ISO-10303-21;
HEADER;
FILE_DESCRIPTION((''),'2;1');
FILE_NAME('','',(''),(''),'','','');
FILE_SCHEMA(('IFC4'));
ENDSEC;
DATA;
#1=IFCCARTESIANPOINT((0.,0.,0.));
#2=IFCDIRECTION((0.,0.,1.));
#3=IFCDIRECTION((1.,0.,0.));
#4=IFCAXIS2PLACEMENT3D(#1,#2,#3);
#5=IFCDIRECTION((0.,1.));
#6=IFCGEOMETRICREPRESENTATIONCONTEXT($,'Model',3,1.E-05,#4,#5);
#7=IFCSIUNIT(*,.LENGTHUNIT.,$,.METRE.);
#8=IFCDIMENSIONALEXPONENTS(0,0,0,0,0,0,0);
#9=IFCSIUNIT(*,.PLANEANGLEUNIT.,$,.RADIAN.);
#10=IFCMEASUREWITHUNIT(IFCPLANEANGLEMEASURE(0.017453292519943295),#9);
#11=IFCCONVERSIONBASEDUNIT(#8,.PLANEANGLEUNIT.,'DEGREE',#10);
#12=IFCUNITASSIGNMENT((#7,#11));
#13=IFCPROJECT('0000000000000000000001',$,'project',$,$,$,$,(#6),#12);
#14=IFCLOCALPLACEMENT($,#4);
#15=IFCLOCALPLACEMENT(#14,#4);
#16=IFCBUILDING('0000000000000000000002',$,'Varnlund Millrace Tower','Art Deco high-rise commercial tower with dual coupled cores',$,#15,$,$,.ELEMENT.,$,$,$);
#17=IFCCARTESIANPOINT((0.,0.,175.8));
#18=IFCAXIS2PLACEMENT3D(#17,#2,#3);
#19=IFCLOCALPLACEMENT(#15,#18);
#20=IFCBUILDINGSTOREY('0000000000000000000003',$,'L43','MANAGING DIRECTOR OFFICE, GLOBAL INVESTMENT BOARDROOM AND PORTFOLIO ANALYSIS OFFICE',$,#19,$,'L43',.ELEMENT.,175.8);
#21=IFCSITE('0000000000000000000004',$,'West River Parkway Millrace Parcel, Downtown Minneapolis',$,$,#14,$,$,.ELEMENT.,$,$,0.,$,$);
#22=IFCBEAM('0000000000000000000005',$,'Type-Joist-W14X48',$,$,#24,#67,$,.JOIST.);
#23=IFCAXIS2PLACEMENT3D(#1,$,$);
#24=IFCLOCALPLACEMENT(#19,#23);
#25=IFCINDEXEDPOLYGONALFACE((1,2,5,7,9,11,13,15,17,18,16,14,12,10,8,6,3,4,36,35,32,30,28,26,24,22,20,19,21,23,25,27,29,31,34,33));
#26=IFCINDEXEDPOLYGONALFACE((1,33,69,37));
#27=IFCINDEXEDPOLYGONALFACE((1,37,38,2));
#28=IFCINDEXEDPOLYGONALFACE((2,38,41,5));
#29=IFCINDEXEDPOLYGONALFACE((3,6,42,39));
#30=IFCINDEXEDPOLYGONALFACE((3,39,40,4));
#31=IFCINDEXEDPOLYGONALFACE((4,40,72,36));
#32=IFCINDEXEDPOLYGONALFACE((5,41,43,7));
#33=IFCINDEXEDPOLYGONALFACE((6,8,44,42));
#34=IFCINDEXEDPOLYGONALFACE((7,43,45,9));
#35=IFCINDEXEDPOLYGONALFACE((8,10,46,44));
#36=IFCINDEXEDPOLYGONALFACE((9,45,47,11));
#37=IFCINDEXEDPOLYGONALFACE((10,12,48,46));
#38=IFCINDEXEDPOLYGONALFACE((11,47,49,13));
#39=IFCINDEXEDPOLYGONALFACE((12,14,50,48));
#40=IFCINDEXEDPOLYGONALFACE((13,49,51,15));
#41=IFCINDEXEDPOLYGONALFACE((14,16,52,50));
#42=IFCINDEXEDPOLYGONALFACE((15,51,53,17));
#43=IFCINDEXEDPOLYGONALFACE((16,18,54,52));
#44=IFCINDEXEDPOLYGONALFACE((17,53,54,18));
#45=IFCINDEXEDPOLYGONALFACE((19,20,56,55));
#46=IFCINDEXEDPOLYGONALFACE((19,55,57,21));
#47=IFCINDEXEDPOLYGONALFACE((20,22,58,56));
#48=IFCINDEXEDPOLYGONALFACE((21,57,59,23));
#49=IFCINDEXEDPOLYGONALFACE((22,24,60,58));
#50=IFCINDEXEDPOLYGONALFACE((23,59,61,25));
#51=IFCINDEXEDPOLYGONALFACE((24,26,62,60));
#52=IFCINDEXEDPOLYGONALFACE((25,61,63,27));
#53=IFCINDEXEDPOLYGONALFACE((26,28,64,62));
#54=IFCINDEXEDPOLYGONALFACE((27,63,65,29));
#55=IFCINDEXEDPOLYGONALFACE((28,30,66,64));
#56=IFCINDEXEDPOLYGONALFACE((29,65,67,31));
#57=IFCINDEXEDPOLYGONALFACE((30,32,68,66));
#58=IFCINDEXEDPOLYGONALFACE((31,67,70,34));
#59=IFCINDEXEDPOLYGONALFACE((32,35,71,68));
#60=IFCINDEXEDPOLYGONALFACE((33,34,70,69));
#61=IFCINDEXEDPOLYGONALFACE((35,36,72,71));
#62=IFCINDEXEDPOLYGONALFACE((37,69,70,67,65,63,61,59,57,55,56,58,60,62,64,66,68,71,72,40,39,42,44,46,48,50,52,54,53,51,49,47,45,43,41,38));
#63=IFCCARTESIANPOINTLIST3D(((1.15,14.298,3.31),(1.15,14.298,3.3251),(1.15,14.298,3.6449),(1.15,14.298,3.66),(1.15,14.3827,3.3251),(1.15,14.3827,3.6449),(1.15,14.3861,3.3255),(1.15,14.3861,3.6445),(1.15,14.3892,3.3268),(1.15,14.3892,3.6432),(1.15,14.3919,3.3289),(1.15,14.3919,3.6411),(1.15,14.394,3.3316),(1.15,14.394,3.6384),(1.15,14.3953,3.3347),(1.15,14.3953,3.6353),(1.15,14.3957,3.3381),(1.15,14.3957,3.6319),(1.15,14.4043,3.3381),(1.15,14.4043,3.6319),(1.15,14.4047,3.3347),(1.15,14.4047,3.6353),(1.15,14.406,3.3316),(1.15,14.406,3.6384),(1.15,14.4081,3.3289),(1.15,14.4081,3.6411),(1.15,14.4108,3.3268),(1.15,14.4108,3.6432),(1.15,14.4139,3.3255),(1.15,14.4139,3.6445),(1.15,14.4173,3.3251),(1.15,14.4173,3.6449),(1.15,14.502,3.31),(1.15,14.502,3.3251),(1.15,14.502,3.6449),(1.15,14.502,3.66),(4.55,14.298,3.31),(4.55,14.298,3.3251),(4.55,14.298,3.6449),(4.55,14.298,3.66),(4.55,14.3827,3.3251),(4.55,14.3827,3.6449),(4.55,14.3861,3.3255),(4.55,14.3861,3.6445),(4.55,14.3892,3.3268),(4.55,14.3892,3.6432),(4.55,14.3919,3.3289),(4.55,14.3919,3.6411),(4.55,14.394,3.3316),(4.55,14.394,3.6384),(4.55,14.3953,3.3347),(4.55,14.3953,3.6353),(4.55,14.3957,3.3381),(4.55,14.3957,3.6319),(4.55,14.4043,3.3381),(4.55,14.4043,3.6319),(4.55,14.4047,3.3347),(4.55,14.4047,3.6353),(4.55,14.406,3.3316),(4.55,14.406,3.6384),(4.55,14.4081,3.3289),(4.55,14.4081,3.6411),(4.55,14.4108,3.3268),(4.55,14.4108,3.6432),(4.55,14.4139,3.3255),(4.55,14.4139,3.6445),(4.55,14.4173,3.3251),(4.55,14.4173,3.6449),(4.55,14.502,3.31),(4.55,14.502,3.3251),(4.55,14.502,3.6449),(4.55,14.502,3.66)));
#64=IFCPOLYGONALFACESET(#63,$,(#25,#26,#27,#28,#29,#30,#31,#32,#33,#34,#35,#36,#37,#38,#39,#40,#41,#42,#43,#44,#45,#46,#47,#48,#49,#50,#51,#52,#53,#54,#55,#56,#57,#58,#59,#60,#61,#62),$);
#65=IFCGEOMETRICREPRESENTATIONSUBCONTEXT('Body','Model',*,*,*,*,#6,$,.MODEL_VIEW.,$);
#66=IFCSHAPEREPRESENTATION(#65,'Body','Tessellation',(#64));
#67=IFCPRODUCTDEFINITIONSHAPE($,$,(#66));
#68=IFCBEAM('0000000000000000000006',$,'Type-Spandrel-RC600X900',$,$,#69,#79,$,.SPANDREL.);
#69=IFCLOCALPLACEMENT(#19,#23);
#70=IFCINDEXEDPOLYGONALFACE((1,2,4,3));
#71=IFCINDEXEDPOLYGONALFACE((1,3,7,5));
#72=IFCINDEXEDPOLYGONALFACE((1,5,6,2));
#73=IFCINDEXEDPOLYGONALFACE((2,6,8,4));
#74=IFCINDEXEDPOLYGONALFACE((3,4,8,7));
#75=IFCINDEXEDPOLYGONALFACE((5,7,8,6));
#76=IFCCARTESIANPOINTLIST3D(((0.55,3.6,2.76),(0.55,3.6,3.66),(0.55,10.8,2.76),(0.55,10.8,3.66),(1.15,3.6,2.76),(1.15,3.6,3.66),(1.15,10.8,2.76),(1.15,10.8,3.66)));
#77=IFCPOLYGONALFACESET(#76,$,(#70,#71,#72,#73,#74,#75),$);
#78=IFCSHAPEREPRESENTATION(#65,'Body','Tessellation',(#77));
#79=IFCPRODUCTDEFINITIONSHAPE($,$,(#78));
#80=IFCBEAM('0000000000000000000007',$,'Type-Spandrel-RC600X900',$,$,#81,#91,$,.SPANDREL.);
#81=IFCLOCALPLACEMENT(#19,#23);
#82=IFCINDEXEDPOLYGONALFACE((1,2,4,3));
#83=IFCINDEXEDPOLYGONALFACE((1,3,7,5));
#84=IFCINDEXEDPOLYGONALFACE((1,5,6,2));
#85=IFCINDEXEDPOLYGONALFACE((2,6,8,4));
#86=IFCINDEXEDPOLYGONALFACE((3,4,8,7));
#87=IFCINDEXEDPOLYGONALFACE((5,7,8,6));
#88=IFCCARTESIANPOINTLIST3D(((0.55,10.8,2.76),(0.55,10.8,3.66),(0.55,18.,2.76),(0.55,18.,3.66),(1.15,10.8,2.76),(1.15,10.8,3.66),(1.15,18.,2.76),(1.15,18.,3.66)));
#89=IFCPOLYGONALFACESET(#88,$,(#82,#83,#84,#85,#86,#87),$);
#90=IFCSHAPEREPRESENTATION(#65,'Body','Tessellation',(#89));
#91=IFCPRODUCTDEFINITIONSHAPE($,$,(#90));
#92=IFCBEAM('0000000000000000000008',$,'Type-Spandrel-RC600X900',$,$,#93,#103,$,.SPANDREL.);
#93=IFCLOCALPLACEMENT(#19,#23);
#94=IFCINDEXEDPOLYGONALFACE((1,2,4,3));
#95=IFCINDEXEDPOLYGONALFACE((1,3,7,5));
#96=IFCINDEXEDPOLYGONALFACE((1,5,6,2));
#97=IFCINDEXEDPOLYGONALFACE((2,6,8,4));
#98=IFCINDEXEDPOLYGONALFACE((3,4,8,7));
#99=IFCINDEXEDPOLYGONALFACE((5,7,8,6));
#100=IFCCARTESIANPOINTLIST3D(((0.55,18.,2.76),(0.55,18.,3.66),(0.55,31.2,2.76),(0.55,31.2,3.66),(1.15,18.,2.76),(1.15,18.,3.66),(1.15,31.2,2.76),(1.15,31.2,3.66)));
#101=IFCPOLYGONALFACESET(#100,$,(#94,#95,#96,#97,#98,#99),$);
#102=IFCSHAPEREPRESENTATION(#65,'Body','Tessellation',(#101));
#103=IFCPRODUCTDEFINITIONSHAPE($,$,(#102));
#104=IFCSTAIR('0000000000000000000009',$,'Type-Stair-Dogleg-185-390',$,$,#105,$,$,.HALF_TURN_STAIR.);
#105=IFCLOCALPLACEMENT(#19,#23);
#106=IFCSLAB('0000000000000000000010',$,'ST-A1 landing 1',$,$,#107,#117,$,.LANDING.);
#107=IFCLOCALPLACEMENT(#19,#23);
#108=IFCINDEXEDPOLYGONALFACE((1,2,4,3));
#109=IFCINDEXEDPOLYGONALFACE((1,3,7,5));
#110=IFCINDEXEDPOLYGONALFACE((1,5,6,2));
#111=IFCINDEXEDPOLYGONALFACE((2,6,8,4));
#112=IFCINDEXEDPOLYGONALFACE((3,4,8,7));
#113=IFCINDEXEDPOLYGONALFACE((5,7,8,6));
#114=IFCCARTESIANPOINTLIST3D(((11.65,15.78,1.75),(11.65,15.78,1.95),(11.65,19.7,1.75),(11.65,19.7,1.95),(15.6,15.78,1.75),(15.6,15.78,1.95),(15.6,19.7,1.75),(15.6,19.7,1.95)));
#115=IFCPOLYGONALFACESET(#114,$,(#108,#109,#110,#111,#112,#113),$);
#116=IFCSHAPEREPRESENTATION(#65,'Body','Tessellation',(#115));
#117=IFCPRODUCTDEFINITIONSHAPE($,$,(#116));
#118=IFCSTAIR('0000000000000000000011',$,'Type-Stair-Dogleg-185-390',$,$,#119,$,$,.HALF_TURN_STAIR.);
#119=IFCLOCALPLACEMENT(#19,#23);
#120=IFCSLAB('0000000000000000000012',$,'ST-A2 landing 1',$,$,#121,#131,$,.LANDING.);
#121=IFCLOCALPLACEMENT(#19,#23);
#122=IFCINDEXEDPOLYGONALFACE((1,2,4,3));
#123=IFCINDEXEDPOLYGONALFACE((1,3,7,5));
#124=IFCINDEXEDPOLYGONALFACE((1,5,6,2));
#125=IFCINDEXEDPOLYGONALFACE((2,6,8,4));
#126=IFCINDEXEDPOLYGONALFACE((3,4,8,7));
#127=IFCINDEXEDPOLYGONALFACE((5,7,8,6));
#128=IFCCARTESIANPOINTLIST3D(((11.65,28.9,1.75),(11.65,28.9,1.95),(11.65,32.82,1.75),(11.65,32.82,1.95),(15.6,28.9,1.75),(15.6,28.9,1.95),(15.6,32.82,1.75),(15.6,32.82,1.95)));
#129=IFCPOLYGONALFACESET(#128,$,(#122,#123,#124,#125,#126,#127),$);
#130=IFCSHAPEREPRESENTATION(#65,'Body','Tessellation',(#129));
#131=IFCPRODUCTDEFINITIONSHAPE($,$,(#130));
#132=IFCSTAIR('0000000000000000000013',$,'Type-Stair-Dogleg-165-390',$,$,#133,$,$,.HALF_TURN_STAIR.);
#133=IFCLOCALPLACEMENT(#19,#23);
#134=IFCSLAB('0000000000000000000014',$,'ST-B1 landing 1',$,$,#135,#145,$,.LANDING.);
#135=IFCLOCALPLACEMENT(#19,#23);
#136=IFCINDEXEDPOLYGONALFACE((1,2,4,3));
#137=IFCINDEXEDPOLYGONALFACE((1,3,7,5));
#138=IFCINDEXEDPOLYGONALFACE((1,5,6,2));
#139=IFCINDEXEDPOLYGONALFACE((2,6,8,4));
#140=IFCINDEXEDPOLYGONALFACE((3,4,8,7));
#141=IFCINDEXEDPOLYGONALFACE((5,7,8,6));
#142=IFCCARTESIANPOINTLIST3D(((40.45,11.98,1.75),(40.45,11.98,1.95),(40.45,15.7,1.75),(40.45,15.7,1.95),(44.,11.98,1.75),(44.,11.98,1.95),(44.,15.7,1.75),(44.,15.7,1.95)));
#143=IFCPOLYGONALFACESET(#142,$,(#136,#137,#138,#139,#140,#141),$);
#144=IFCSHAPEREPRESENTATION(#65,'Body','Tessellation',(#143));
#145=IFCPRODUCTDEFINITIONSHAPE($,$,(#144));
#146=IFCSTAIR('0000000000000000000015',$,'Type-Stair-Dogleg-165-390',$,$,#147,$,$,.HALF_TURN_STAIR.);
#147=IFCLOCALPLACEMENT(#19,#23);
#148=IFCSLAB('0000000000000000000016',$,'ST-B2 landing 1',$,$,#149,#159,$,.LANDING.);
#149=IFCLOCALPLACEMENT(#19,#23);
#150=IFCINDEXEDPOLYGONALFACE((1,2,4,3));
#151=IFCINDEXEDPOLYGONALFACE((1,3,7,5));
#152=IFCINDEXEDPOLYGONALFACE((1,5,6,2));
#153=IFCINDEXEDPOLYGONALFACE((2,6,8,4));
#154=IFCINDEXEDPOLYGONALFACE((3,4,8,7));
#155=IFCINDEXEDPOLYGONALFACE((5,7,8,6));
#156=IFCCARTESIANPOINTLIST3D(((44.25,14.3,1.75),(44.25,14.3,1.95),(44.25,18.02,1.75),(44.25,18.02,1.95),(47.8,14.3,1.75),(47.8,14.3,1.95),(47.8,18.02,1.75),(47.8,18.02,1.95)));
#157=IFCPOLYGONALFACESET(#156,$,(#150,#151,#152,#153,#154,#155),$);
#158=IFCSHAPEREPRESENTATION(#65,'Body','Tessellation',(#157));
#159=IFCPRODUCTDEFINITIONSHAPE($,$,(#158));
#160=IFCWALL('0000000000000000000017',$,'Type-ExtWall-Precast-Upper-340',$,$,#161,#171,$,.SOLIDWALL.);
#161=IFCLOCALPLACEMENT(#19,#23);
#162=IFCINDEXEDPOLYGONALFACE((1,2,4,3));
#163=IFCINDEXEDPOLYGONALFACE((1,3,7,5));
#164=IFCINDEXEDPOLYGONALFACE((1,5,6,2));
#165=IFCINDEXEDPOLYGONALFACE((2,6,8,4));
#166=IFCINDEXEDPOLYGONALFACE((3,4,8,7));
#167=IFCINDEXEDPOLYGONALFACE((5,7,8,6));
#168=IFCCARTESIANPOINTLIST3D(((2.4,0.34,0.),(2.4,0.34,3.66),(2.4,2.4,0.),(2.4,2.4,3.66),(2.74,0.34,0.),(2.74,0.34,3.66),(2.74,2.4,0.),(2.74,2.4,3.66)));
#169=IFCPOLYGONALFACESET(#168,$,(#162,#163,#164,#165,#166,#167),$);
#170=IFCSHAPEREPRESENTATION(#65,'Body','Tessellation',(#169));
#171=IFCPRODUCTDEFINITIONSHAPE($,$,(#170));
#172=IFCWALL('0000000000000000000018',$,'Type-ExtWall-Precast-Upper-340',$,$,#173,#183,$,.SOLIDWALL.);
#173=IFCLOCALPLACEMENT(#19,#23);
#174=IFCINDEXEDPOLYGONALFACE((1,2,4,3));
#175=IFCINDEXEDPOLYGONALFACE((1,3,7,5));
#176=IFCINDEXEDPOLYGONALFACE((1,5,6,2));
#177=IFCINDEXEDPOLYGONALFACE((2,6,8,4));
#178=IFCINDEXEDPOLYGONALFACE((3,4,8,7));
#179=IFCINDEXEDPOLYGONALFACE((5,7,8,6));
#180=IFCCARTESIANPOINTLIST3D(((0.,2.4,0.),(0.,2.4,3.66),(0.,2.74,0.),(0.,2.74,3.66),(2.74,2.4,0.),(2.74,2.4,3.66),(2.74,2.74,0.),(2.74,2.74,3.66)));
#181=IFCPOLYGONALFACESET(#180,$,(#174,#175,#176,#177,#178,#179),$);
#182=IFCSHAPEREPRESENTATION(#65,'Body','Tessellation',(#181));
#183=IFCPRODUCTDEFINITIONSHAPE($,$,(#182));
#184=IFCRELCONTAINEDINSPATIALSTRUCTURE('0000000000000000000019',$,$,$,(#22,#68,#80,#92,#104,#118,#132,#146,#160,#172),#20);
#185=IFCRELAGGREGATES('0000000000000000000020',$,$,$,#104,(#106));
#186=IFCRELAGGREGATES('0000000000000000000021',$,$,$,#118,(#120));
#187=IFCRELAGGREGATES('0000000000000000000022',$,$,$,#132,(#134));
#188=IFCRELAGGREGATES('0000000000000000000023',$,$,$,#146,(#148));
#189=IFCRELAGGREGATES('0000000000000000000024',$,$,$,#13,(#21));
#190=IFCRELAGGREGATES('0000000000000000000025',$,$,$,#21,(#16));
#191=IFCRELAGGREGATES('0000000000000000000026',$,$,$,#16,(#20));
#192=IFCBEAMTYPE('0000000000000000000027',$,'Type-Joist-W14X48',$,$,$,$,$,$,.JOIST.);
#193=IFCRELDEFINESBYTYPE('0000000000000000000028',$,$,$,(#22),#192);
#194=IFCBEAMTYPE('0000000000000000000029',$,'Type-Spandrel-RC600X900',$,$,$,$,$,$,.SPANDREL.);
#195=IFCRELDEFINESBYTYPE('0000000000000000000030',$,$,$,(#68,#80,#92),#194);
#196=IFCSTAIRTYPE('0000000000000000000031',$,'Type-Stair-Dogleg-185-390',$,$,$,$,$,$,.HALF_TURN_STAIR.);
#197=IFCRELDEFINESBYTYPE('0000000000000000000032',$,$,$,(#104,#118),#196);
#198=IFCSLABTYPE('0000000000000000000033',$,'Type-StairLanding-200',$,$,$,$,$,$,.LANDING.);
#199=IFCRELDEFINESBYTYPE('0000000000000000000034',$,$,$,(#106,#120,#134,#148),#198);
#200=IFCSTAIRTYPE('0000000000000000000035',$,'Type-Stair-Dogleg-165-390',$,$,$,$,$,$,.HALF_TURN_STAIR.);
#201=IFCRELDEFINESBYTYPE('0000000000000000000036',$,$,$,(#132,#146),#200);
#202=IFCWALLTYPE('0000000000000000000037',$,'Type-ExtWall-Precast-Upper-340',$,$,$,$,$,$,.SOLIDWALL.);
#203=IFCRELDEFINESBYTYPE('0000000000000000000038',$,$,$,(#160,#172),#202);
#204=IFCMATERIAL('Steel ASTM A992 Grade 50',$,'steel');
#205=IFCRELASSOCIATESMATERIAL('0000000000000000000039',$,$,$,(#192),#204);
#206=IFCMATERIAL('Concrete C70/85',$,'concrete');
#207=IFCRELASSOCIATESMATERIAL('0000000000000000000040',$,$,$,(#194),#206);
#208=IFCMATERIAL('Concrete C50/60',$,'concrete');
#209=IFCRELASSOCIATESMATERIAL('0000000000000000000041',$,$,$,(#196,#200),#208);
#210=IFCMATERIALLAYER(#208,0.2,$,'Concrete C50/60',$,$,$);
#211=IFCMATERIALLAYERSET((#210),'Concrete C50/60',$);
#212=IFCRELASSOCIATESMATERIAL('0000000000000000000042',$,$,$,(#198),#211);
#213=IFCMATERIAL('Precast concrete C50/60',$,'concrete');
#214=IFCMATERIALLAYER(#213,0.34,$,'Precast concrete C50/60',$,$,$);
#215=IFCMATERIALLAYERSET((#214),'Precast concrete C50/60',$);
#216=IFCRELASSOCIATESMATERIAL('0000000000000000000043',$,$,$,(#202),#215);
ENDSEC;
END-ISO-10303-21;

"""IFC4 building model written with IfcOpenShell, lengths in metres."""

from ifc_helpers import new_model, entity, si_unit, converted_unit, direction, frame, origin_with_axes, origin_2d_with_axis, place, context, subcontext, project, spatial, polyline, rectangle, i_section, outline, extrude, material, layer, layer_set, material_profile, profile_set, type_object, element, aggregate, save


model = new_model("IFC4")

# Units and contexts
model_context = context("Model", 3, precision=1e-05, world=origin_with_axes(), true_north=direction((0.0, 1.0)))
body_context = subcontext(model_context, "Body", "Model", "MODEL_VIEW")
ifc_project = project(units=[si_unit("LENGTHUNIT", "METRE"), converted_unit("PLANEANGLEUNIT", "DEGREE", entity("IfcPlaneAngleMeasure", 0.017453292519943295), si_unit("PLANEANGLEUNIT", "RADIAN"), dimensions=[0, 0, 0, 0, 0, 0, 0])], contexts=[model_context])

# Site, building, storey
site_placement = place(None, origin_with_axes())
site = spatial("IfcSite", under=ifc_project, at=site_placement, Name="West River Parkway Millrace Parcel, Downtown Minneapolis", CompositionType="ELEMENT", RefElevation=0.0)
building_placement = place(site_placement, origin_with_axes())
building = spatial("IfcBuilding", under=site, at=building_placement, Name="Varnlund Millrace Tower", Description="Art Deco high-rise commercial tower with dual coupled cores", CompositionType="ELEMENT")
storey_placement = place(building_placement, frame((0.0, 0.0, 175.8), z_axis=(0.0, 0.0, 1.0), x_axis=(1.0, 0.0, 0.0)))
storey = spatial("IfcBuildingStorey", under=building, at=storey_placement, Name="L43", Description="MANAGING DIRECTOR OFFICE, GLOBAL INVESTMENT BOARDROOM AND PORTFOLIO ANALYSIS OFFICE", LongName="L43", CompositionType="ELEMENT", Elevation=175.8)

# Beams
ifc_material_1 = material(Name="Steel ASTM A992 Grade 50", Category="steel")
ifc_material_profile_1 = material_profile(ifc_material_1, i_section(OverallWidth=0.204, OverallDepth=0.35, WebThickness=0.0086, FlangeThickness=0.0151, FilletRadius=0.013, at=origin_2d_with_axis()), Name="Steel ASTM A992 Grade 50")
ifc_profile_set_1 = profile_set([ifc_material_profile_1], Name="Steel ASTM A992 Grade 50")
beam_type_1 = type_object("IfcBeamType", Name="Type-Joist-W14X48", PredefinedType="JOIST", material=ifc_profile_set_1)
for number, where, z_axis, x_axis, name in (
    (1, (1.15, 14.4, 3.485), (1.0, 0.0, 0.0), (0.0, 1.0, 0.0), "Type-Joist-W14X48"),
):
    element("IfcBeam", number, at=place(storey_placement, frame(where, z_axis=z_axis, x_axis=x_axis)), inside=storey, type_object=beam_type_1, Name=name, PredefinedType="JOIST", context=body_context, shape_type="SweptSolid", body=[
        extrude(i_section(OverallWidth=0.204, OverallDepth=0.35, WebThickness=0.0086, FlangeThickness=0.0151, FilletRadius=0.013, at=origin_2d_with_axis()), origin_with_axes(), (0.0, 0.0, 1.0), 3.4),
    ])
ifc_material_2 = material(Name="Concrete C70/85", Category="concrete")
ifc_material_profile_2 = material_profile(ifc_material_2, rectangle(XDim=0.6, YDim=0.9, at=origin_2d_with_axis()), Name="Concrete C70/85")
ifc_profile_set_2 = profile_set([ifc_material_profile_2], Name="Concrete C70/85")
beam_type_2 = type_object("IfcBeamType", Name="Type-Spandrel-RC600X900", PredefinedType="SPANDREL", material=ifc_profile_set_2)
for number, where, z_axis, x_axis, name in (
    (2, (0.85, 3.6, 3.21), (0.0, 1.0, 0.0), (-1.0, 0.0, 0.0), "Type-Spandrel-RC600X900"),
    (3, (0.85, 10.8, 3.21), (0.0, 1.0, 0.0), (-1.0, 0.0, 0.0), "Type-Spandrel-RC600X900"),
):
    element("IfcBeam", number, at=place(storey_placement, frame(where, z_axis=z_axis, x_axis=x_axis)), inside=storey, type_object=beam_type_2, Name=name, PredefinedType="SPANDREL", context=body_context, shape_type="SweptSolid", body=[
        extrude(rectangle(XDim=0.6, YDim=0.9, at=origin_2d_with_axis()), origin_with_axes(), (0.0, 0.0, 1.0), 7.2),
    ])
beam_1_placement = place(storey_placement, frame((0.85, 18.0, 3.21), z_axis=(0.0, 1.0, 0.0), x_axis=(-1.0, 0.0, 0.0)))
element("IfcBeam", 4, at=beam_1_placement, inside=storey, type_object=beam_type_2, Name="Type-Spandrel-RC600X900", PredefinedType="SPANDREL", context=body_context, shape_type="SweptSolid", body=[
    extrude(rectangle(XDim=0.6, YDim=0.9, at=origin_2d_with_axis()), origin_with_axes(), (0.0, 0.0, 1.0), 13.2),
])

# Stairs, slabs
ifc_material_3 = material(Name="Concrete C50/60", Category="concrete")
stair_type_1 = type_object("IfcStairType", Name="Type-Stair-Dogleg-185-390", PredefinedType="HALF_TURN_STAIR", material=ifc_material_3)
stair_1_placement = place(storey_placement, origin_with_axes())
stair_1 = element("IfcStair", 5, at=stair_1_placement, inside=storey, type_object=stair_type_1, Name="Type-Stair-Dogleg-185-390", PredefinedType="HALF_TURN_STAIR")
ifc_layer_1 = layer(ifc_material_3, 0.2, Name="Concrete C50/60")
ifc_layer_set_1 = layer_set([ifc_layer_1], Name="Concrete C50/60")
slab_type = type_object("IfcSlabType", Name="Type-StairLanding-200", PredefinedType="LANDING", material=ifc_layer_set_1)
slab_1_placement = place(storey_placement, frame((0.0, 0.0, 1.75), z_axis=(0.0, 0.0, 1.0), x_axis=(1.0, 0.0, 0.0)))
slab_1 = element("IfcSlab", 6, at=slab_1_placement, type_object=slab_type, Name="ST-A1 landing 1", PredefinedType="LANDING", context=body_context, shape_type="SweptSolid", body=[
    extrude(outline(polyline([(15.6, 15.78), (15.6, 19.7), (11.65, 19.7), (11.65, 15.78), (15.6, 15.78)])), origin_with_axes(), (0.0, 0.0, 1.0), 0.2),
])
aggregate(stair_1, [slab_1])
stair_2_placement = place(storey_placement, origin_with_axes())
stair_2 = element("IfcStair", 7, at=stair_2_placement, inside=storey, type_object=stair_type_1, Name="Type-Stair-Dogleg-185-390", PredefinedType="HALF_TURN_STAIR")
slab_2_placement = place(storey_placement, frame((0.0, 0.0, 1.75), z_axis=(0.0, 0.0, 1.0), x_axis=(1.0, 0.0, 0.0)))
slab_2 = element("IfcSlab", 8, at=slab_2_placement, type_object=slab_type, Name="ST-A2 landing 1", PredefinedType="LANDING", context=body_context, shape_type="SweptSolid", body=[
    extrude(outline(polyline([(11.65, 32.82), (11.65, 28.9), (15.6, 28.9), (15.6, 32.82), (11.65, 32.82)])), origin_with_axes(), (0.0, 0.0, 1.0), 0.2),
])
aggregate(stair_2, [slab_2])
stair_type_2 = type_object("IfcStairType", Name="Type-Stair-Dogleg-165-390", PredefinedType="HALF_TURN_STAIR", material=ifc_material_3)
stair_3_placement = place(storey_placement, origin_with_axes())
stair_3 = element("IfcStair", 9, at=stair_3_placement, inside=storey, type_object=stair_type_2, Name="Type-Stair-Dogleg-165-390", PredefinedType="HALF_TURN_STAIR")
slab_3_placement = place(storey_placement, frame((0.0, 0.0, 1.75), z_axis=(0.0, 0.0, 1.0), x_axis=(1.0, 0.0, 0.0)))
slab_3 = element("IfcSlab", 10, at=slab_3_placement, type_object=slab_type, Name="ST-B1 landing 1", PredefinedType="LANDING", context=body_context, shape_type="SweptSolid", body=[
    extrude(outline(polyline([(44.0, 11.98), (44.0, 15.7), (40.45, 15.7), (40.45, 11.98), (44.0, 11.98)])), origin_with_axes(), (0.0, 0.0, 1.0), 0.2),
])
aggregate(stair_3, [slab_3])
stair_4_placement = place(storey_placement, origin_with_axes())
stair_4 = element("IfcStair", 11, at=stair_4_placement, inside=storey, type_object=stair_type_2, Name="Type-Stair-Dogleg-165-390", PredefinedType="HALF_TURN_STAIR")
slab_4_placement = place(storey_placement, frame((0.0, 0.0, 1.75), z_axis=(0.0, 0.0, 1.0), x_axis=(1.0, 0.0, 0.0)))
slab_4 = element("IfcSlab", 12, at=slab_4_placement, type_object=slab_type, Name="ST-B2 landing 1", PredefinedType="LANDING", context=body_context, shape_type="SweptSolid", body=[
    extrude(outline(polyline([(44.25, 18.02), (44.25, 14.3), (47.8, 14.3), (47.8, 18.02), (44.25, 18.02)])), origin_with_axes(), (0.0, 0.0, 1.0), 0.2),
])
aggregate(stair_4, [slab_4])

# Walls
ifc_material_4 = material(Name="Precast concrete C50/60", Category="concrete")
ifc_layer_2 = layer(ifc_material_4, 0.34, Name="Precast concrete C50/60")
ifc_layer_set_2 = layer_set([ifc_layer_2], Name="Precast concrete C50/60")
wall_type = type_object("IfcWallType", Name="Type-ExtWall-Precast-Upper-340", PredefinedType="SOLIDWALL", material=ifc_layer_set_2)
wall_1_placement = place(storey_placement, frame((2.57, 0.34, 0.0), z_axis=(0.0, 0.0, 1.0), x_axis=(0.0, 1.0, 0.0)))
element("IfcWall", 13, at=wall_1_placement, inside=storey, type_object=wall_type, Name="Type-ExtWall-Precast-Upper-340", PredefinedType="SOLIDWALL", context=body_context, shape_type="SweptSolid", body=[
    extrude(outline(polyline([(0.0, -0.17), (2.06, -0.17), (2.06, 0.17), (0.0, 0.17), (0.0, -0.17)])), origin_with_axes(), (0.0, 0.0, 1.0), 3.66),
])
wall_2_placement = place(storey_placement, frame((2.74, 2.57, 0.0), z_axis=(0.0, 0.0, 1.0), x_axis=(-1.0, 0.0, 0.0)))
element("IfcWall", 14, at=wall_2_placement, inside=storey, type_object=wall_type, Name="Type-ExtWall-Precast-Upper-340", PredefinedType="SOLIDWALL", context=body_context, shape_type="SweptSolid", body=[
    extrude(outline(polyline([(0.0, -0.17), (2.74, -0.17), (2.74, 0.17), (0.0, 0.17), (0.0, -0.17)])), origin_with_axes(), (0.0, 0.0, 1.0), 3.66),
])

save(model, "model.ifc")
